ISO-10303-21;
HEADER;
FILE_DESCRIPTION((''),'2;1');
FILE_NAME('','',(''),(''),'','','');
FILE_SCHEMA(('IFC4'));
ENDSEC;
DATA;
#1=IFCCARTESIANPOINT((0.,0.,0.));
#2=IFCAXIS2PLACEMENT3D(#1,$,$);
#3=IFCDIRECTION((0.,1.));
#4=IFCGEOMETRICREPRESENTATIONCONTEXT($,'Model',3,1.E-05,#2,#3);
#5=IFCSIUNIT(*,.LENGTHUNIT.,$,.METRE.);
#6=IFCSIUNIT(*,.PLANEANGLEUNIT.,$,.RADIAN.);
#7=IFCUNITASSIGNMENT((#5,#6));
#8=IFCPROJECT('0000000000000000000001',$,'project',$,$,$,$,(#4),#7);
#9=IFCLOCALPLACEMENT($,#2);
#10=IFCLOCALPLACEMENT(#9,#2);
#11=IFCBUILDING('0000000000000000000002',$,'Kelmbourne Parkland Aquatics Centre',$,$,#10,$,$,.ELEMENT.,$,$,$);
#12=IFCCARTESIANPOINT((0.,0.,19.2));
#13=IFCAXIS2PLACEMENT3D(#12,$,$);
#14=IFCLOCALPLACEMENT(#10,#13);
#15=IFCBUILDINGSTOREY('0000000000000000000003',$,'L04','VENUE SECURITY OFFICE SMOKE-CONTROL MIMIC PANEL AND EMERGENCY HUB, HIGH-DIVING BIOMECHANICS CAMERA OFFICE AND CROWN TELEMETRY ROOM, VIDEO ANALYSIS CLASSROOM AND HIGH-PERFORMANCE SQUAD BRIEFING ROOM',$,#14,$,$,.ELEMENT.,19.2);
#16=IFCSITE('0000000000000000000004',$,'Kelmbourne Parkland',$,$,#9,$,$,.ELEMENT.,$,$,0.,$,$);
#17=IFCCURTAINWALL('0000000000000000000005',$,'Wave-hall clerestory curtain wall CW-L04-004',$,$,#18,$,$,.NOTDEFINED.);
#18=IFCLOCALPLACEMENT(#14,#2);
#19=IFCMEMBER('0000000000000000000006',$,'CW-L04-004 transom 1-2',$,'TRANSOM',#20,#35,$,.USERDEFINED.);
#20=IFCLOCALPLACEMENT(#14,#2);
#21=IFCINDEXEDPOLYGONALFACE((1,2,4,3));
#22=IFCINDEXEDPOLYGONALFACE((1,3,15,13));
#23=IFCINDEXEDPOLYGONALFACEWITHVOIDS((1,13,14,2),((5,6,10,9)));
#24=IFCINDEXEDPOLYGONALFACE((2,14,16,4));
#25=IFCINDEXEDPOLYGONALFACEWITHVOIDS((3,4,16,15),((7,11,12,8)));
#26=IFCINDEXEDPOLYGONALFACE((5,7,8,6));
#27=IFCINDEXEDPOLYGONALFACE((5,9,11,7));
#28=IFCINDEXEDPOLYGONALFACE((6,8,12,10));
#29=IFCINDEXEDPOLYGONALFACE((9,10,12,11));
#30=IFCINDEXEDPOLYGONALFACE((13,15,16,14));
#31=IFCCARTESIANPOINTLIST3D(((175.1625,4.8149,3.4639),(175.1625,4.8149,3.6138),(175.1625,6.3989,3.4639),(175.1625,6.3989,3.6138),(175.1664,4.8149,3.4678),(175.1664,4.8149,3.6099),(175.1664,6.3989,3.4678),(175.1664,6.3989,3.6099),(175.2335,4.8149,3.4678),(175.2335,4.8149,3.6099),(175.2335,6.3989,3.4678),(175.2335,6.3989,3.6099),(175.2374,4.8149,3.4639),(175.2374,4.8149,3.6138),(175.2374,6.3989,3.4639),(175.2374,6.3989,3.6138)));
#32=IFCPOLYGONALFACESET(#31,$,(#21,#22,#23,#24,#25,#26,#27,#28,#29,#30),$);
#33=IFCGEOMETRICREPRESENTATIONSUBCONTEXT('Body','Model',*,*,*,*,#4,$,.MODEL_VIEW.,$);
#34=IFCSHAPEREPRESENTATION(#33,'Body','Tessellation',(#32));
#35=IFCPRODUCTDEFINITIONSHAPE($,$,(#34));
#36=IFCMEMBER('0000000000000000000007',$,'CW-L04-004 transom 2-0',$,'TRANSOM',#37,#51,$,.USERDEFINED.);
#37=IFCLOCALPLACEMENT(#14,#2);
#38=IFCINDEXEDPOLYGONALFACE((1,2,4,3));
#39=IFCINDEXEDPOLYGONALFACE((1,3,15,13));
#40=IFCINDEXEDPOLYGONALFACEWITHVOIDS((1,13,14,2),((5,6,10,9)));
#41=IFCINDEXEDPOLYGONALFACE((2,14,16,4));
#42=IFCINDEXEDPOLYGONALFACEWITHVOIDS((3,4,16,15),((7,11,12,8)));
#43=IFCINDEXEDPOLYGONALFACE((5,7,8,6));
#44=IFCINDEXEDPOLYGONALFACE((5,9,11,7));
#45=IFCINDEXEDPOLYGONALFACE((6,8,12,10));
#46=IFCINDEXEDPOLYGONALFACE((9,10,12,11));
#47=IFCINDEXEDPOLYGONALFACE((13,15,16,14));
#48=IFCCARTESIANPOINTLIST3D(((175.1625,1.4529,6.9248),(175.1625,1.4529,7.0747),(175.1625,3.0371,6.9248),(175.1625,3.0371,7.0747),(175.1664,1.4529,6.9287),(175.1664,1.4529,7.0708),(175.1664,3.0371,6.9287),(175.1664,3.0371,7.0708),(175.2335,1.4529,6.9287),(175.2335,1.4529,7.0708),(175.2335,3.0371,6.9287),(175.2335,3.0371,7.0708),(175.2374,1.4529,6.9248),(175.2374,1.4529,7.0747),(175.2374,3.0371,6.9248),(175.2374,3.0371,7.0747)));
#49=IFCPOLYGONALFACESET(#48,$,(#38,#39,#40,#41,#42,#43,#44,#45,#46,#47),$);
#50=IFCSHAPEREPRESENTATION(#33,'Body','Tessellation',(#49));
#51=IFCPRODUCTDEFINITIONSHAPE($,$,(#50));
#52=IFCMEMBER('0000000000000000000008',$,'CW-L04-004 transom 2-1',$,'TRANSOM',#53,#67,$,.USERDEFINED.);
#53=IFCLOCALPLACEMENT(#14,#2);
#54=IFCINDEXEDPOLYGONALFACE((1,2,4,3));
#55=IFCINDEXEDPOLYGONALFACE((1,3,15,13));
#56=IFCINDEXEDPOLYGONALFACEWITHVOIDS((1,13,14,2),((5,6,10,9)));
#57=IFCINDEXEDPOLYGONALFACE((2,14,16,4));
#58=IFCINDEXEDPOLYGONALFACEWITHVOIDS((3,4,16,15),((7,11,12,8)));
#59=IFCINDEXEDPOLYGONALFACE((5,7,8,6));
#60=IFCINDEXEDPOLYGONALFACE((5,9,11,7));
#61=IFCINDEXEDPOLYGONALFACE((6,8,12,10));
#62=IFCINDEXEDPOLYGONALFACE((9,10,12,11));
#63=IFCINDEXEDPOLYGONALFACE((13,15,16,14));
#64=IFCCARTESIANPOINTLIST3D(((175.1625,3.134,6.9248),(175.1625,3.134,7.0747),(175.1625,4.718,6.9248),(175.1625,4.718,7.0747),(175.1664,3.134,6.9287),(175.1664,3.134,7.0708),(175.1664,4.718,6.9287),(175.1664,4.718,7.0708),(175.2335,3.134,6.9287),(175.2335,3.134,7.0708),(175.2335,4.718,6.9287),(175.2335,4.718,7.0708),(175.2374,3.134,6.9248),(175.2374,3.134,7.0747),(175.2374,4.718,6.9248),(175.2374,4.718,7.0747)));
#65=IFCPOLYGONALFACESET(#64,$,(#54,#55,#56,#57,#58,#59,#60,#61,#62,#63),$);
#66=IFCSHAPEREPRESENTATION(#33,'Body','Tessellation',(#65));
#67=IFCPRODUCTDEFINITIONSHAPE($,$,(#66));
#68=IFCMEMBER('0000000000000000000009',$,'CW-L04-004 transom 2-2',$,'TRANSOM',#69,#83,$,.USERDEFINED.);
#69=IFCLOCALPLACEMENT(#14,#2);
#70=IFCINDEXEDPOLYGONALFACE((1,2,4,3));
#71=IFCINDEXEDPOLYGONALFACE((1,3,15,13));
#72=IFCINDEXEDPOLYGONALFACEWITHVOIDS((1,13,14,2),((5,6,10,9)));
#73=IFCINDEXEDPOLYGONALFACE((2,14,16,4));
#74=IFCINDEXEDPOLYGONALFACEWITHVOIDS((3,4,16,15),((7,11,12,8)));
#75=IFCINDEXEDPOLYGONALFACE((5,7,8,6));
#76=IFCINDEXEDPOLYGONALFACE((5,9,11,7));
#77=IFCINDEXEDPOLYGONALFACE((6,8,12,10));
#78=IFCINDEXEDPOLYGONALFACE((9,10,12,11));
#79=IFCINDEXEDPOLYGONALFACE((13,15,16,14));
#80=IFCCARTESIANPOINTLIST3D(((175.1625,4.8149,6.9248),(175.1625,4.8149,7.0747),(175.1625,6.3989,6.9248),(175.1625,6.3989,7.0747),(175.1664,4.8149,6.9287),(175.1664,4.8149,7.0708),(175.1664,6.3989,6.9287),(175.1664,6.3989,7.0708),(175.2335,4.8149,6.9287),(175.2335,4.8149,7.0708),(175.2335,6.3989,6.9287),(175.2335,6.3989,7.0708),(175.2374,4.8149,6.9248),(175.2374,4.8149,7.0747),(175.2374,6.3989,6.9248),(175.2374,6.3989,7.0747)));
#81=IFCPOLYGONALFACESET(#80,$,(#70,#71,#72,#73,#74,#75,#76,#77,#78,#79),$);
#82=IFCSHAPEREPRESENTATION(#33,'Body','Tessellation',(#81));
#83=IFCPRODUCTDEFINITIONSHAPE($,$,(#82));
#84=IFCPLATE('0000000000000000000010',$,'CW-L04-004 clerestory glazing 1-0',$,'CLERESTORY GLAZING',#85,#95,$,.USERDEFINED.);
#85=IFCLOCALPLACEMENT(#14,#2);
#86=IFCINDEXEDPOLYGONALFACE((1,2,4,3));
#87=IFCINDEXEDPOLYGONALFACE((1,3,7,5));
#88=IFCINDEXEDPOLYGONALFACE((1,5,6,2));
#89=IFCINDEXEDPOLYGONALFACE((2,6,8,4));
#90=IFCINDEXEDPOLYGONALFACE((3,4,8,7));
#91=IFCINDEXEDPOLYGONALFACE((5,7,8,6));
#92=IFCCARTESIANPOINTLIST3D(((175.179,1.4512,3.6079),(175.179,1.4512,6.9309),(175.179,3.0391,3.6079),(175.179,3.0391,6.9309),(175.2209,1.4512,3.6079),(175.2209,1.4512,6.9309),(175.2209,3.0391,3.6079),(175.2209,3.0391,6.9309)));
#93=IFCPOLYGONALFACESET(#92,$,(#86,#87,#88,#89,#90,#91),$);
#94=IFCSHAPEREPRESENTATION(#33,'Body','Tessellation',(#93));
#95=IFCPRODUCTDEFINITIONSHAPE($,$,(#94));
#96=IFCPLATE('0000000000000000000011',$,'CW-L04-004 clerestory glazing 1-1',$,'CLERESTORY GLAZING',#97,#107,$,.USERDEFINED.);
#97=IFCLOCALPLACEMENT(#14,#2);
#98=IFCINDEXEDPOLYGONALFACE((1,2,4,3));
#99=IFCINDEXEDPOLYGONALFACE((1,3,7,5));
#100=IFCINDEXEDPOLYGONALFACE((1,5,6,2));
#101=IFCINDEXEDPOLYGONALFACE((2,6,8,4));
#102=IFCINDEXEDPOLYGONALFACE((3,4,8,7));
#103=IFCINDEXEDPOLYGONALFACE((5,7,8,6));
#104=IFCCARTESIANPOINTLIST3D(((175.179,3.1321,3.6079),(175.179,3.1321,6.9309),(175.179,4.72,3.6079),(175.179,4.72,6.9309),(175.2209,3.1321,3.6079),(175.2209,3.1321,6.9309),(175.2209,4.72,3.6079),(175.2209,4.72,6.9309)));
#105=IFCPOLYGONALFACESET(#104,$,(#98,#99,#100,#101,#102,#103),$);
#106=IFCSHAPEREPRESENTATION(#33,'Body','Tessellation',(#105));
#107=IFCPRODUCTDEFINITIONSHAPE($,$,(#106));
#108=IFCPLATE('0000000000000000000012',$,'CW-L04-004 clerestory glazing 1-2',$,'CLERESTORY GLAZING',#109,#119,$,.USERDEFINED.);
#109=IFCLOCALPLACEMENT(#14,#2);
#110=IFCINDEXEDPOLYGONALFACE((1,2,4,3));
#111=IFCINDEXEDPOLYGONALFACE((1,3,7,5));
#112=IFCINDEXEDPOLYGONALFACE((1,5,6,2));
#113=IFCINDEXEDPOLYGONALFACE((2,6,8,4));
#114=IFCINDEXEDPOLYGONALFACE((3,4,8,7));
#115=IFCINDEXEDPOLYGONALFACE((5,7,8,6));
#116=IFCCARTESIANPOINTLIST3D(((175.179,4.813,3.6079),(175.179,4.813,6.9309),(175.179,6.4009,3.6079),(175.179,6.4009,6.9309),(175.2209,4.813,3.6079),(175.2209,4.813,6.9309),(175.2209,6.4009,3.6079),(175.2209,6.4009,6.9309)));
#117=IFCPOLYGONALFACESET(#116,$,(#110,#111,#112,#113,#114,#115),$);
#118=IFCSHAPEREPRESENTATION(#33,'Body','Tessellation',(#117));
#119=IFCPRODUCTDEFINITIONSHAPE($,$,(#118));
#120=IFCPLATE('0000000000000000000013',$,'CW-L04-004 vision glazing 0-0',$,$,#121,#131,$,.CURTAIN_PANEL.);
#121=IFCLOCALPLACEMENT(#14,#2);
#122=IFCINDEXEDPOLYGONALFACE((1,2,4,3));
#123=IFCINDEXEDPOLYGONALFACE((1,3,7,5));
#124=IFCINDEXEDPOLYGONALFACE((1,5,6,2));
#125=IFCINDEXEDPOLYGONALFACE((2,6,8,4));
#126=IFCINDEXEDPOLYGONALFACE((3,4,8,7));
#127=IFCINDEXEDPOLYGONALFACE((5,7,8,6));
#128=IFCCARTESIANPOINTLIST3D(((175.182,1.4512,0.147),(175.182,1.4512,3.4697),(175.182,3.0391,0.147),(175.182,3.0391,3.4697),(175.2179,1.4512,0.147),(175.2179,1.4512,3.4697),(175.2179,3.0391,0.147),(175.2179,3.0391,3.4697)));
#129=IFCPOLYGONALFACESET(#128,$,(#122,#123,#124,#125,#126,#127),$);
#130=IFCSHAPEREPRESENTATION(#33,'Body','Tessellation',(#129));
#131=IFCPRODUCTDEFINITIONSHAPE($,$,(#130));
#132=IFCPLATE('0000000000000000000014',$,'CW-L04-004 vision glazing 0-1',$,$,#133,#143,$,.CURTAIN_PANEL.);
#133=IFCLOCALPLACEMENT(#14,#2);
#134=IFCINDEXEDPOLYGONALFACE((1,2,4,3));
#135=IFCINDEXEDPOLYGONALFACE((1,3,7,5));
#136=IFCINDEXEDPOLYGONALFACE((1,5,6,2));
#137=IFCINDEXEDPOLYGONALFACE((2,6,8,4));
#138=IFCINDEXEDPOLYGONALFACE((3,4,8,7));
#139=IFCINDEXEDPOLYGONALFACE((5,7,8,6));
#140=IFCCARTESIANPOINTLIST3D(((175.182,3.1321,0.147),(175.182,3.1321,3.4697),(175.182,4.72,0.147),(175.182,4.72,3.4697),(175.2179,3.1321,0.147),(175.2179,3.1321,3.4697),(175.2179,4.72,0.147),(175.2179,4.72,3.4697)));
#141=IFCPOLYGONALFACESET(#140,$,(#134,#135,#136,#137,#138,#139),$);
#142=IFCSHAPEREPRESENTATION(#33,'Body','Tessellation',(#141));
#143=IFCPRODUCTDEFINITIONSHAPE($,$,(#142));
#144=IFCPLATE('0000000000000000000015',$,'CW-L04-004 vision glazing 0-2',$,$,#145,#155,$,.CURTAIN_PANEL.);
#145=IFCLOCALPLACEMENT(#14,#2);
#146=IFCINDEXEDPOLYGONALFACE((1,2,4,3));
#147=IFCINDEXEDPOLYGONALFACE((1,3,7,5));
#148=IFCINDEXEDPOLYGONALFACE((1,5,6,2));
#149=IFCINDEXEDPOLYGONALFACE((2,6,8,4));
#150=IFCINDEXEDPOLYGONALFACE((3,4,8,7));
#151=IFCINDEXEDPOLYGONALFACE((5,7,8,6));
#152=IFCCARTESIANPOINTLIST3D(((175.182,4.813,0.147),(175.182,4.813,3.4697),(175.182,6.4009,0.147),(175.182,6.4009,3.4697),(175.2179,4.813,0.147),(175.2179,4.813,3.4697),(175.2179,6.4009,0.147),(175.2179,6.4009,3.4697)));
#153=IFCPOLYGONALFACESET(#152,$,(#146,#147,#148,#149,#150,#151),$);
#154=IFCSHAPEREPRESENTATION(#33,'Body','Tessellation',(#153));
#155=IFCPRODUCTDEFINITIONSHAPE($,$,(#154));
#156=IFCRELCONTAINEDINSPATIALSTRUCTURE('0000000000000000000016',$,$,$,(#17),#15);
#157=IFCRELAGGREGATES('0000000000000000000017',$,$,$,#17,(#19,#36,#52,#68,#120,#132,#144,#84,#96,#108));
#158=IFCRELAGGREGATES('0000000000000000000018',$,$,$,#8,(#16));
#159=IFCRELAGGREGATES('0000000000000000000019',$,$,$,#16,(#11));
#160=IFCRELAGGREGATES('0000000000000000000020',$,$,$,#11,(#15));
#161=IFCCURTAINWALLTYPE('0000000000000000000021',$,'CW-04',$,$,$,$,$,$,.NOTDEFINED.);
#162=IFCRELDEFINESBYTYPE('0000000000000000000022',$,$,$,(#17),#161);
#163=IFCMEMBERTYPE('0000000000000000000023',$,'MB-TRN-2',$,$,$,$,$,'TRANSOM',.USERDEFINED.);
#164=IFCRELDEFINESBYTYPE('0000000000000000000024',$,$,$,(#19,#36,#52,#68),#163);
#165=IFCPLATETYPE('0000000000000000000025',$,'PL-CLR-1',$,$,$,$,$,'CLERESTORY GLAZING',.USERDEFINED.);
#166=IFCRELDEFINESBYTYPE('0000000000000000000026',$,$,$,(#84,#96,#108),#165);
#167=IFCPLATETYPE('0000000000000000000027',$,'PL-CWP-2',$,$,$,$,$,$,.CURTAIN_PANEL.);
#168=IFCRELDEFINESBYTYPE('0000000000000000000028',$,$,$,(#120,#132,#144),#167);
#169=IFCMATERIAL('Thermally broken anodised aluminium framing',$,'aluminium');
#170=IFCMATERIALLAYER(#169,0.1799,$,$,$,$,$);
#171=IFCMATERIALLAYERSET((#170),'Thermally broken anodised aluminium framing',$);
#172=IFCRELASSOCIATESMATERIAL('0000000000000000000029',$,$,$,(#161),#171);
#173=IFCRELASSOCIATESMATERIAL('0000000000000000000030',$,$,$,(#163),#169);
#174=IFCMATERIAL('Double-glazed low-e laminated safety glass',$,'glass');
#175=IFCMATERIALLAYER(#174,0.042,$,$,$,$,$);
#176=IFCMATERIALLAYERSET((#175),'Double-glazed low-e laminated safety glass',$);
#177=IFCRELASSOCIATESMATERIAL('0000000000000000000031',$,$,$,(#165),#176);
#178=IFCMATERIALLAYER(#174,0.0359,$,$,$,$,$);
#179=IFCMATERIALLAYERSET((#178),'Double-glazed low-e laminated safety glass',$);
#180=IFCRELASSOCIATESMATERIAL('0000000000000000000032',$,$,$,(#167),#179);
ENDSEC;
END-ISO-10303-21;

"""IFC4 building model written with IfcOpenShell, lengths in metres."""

from ifc_helpers import new_model, si_unit, direction, frame, origin, origin_2d, place, context, subcontext, project, spatial, rectangle, hollow_rectangle, extrude, material, layer, layer_set, material_profile, profile_set, type_object, element, aggregate, save


model = new_model("IFC4")

# Units and contexts
model_context = context("Model", 3, precision=1e-05, world=origin(), true_north=direction((0.0, 1.0)))
body_context = subcontext(model_context, "Body", "Model", "MODEL_VIEW")
ifc_project = project(units=[si_unit("LENGTHUNIT", "METRE"), si_unit("PLANEANGLEUNIT", "RADIAN")], contexts=[model_context])

# Site, building, storey
site_placement = place(None, origin())
site = spatial("IfcSite", under=ifc_project, at=site_placement, Name="Kelmbourne Parkland", CompositionType="ELEMENT", RefElevation=0.0)
building_placement = place(site_placement, origin())
building = spatial("IfcBuilding", under=site, at=building_placement, Name="Kelmbourne Parkland Aquatics Centre", CompositionType="ELEMENT")
storey_placement = place(building_placement, frame((0.0, 0.0, 19.2)))
storey = spatial("IfcBuildingStorey", under=building, at=storey_placement, Name="L04", Description="VENUE SECURITY OFFICE SMOKE-CONTROL MIMIC PANEL AND EMERGENCY HUB, HIGH-DIVING BIOMECHANICS CAMERA OFFICE AND CROWN TELEMETRY ROOM, VIDEO ANALYSIS CLASSROOM AND HIGH-PERFORMANCE SQUAD BRIEFING ROOM", CompositionType="ELEMENT", Elevation=19.2)

# Shared definitions
ifc_material_1 = material(Name="Thermally broken anodised aluminium framing", Category="aluminium")

# Curtain wall, members, plates
ifc_layer_1 = layer(ifc_material_1, 0.1799)
ifc_layer_set_1 = layer_set([ifc_layer_1], Name="Thermally broken anodised aluminium framing")
curtain_wall_type_1 = type_object("IfcCurtainWallType", Name="CW-04", PredefinedType="NOTDEFINED", material=ifc_layer_set_1)
curtain_wall_1_placement = place(storey_placement, origin())
curtain_wall_1 = element("IfcCurtainWall", 1, at=curtain_wall_1_placement, inside=storey, type_object=curtain_wall_type_1, Name="Wave-hall clerestory curtain wall CW-L04-004", PredefinedType="NOTDEFINED")
ifc_material_profile_1 = material_profile(ifc_material_1, hollow_rectangle(XDim=0.075, YDim=0.1499, WallThickness=0.0039, at=origin_2d()), Name="CW-T 75x150")
ifc_profile_set_1 = profile_set([ifc_material_profile_1], Name="Thermally broken anodised aluminium framing")
member_type_1 = type_object("IfcMemberType", Name="MB-TRN-2", ElementType="TRANSOM", PredefinedType="USERDEFINED", material=ifc_profile_set_1)
member_1_placement = place(storey_placement, frame((175.2, 4.8149, 3.5388), z_axis=(0.0, 1.0, 0.0), x_axis=(-1.0, 0.0, 0.0)))
member_1 = element("IfcMember", 2, at=member_1_placement, type_object=member_type_1, Name="CW-L04-004 transom 1-2", ObjectType="TRANSOM", PredefinedType="USERDEFINED", context=body_context, shape_type="SweptSolid", body=[
    extrude(hollow_rectangle(XDim=0.075, YDim=0.1499, WallThickness=0.0039, at=origin_2d()), origin(), (0.0, 0.0, 1.0), 1.584),
])
member_2_placement = place(storey_placement, frame((175.2, 1.4529, 6.9998), z_axis=(0.0, 1.0, 0.0), x_axis=(-1.0, 0.0, 0.0)))
member_2 = element("IfcMember", 3, at=member_2_placement, type_object=member_type_1, Name="CW-L04-004 transom 2-0", ObjectType="TRANSOM", PredefinedType="USERDEFINED", context=body_context, shape_type="SweptSolid", body=[
    extrude(hollow_rectangle(XDim=0.075, YDim=0.1499, WallThickness=0.0039, at=origin_2d()), origin(), (0.0, 0.0, 1.0), 1.5842),
])
member_3_placement = place(storey_placement, frame((175.2, 3.134, 6.9998), z_axis=(0.0, 1.0, 0.0), x_axis=(-1.0, 0.0, 0.0)))
member_3 = element("IfcMember", 4, at=member_3_placement, type_object=member_type_1, Name="CW-L04-004 transom 2-1", ObjectType="TRANSOM", PredefinedType="USERDEFINED", context=body_context, shape_type="SweptSolid", body=[
    extrude(hollow_rectangle(XDim=0.075, YDim=0.1499, WallThickness=0.0039, at=origin_2d()), origin(), (0.0, 0.0, 1.0), 1.584),
])
member_4_placement = place(storey_placement, frame((175.2, 4.8149, 6.9998), z_axis=(0.0, 1.0, 0.0), x_axis=(-1.0, 0.0, 0.0)))
member_4 = element("IfcMember", 5, at=member_4_placement, type_object=member_type_1, Name="CW-L04-004 transom 2-2", ObjectType="TRANSOM", PredefinedType="USERDEFINED", context=body_context, shape_type="SweptSolid", body=[
    extrude(hollow_rectangle(XDim=0.075, YDim=0.1499, WallThickness=0.0039, at=origin_2d()), origin(), (0.0, 0.0, 1.0), 1.584),
])
ifc_material_2 = material(Name="Double-glazed low-e laminated safety glass", Category="glass")
ifc_layer_2 = layer(ifc_material_2, 0.042)
ifc_layer_set_2 = layer_set([ifc_layer_2], Name="Double-glazed low-e laminated safety glass")
plate_type_1 = type_object("IfcPlateType", Name="PL-CLR-1", ElementType="CLERESTORY GLAZING", PredefinedType="USERDEFINED", material=ifc_layer_set_2)
plate_1_placement = place(storey_placement, frame((175.2, 2.2451, 3.6079), z_axis=(0.0, 0.0, 1.0), x_axis=(0.0, 1.0, 0.0)))
plate_1 = element("IfcPlate", 6, at=plate_1_placement, type_object=plate_type_1, Name="CW-L04-004 clerestory glazing 1-0", ObjectType="CLERESTORY GLAZING", PredefinedType="USERDEFINED", context=body_context, shape_type="SweptSolid", body=[
    extrude(rectangle(XDim=1.5879, YDim=0.042, at=origin_2d()), origin(), (0.0, 0.0, 1.0), 3.323),
])
plate_2_placement = place(storey_placement, frame((175.2, 3.926, 3.6079), z_axis=(0.0, 0.0, 1.0), x_axis=(0.0, 1.0, 0.0)))
plate_2 = element("IfcPlate", 7, at=plate_2_placement, type_object=plate_type_1, Name="CW-L04-004 clerestory glazing 1-1", ObjectType="CLERESTORY GLAZING", PredefinedType="USERDEFINED", context=body_context, shape_type="SweptSolid", body=[
    extrude(rectangle(XDim=1.5879, YDim=0.042, at=origin_2d()), origin(), (0.0, 0.0, 1.0), 3.323),
])
plate_3_placement = place(storey_placement, frame((175.2, 5.6069, 3.6079), z_axis=(0.0, 0.0, 1.0), x_axis=(0.0, 1.0, 0.0)))
plate_3 = element("IfcPlate", 8, at=plate_3_placement, type_object=plate_type_1, Name="CW-L04-004 clerestory glazing 1-2", ObjectType="CLERESTORY GLAZING", PredefinedType="USERDEFINED", context=body_context, shape_type="SweptSolid", body=[
    extrude(rectangle(XDim=1.5879, YDim=0.042, at=origin_2d()), origin(), (0.0, 0.0, 1.0), 3.323),
])
ifc_layer_3 = layer(ifc_material_2, 0.0359)
ifc_layer_set_3 = layer_set([ifc_layer_3], Name="Double-glazed low-e laminated safety glass")
plate_type_2 = type_object("IfcPlateType", Name="PL-CWP-2", PredefinedType="CURTAIN_PANEL", material=ifc_layer_set_3)
plate_4_placement = place(storey_placement, frame((175.2, 2.2451, 0.147), z_axis=(0.0, 0.0, 1.0), x_axis=(0.0, 1.0, 0.0)))
plate_4 = element("IfcPlate", 9, at=plate_4_placement, type_object=plate_type_2, Name="CW-L04-004 vision glazing 0-0", PredefinedType="CURTAIN_PANEL", context=body_context, shape_type="SweptSolid", body=[
    extrude(rectangle(XDim=1.5879, YDim=0.0359, at=origin_2d()), origin(), (0.0, 0.0, 1.0), 3.3228),
])
plate_5_placement = place(storey_placement, frame((175.2, 3.926, 0.147), z_axis=(0.0, 0.0, 1.0), x_axis=(0.0, 1.0, 0.0)))
plate_5 = element("IfcPlate", 10, at=plate_5_placement, type_object=plate_type_2, Name="CW-L04-004 vision glazing 0-1", PredefinedType="CURTAIN_PANEL", context=body_context, shape_type="SweptSolid", body=[
    extrude(rectangle(XDim=1.5879, YDim=0.0359, at=origin_2d()), origin(), (0.0, 0.0, 1.0), 3.3228),
])
plate_6_placement = place(storey_placement, frame((175.2, 5.6069, 0.147), z_axis=(0.0, 0.0, 1.0), x_axis=(0.0, 1.0, 0.0)))
plate_6 = element("IfcPlate", 11, at=plate_6_placement, type_object=plate_type_2, Name="CW-L04-004 vision glazing 0-2", PredefinedType="CURTAIN_PANEL", context=body_context, shape_type="SweptSolid", body=[
    extrude(rectangle(XDim=1.5879, YDim=0.0359, at=origin_2d()), origin(), (0.0, 0.0, 1.0), 3.3228),
])
aggregate(curtain_wall_1, [member_1, member_2, member_3, member_4, plate_4, plate_5, plate_6, plate_1, plate_2, plate_3])

save(model, "model.ifc")
